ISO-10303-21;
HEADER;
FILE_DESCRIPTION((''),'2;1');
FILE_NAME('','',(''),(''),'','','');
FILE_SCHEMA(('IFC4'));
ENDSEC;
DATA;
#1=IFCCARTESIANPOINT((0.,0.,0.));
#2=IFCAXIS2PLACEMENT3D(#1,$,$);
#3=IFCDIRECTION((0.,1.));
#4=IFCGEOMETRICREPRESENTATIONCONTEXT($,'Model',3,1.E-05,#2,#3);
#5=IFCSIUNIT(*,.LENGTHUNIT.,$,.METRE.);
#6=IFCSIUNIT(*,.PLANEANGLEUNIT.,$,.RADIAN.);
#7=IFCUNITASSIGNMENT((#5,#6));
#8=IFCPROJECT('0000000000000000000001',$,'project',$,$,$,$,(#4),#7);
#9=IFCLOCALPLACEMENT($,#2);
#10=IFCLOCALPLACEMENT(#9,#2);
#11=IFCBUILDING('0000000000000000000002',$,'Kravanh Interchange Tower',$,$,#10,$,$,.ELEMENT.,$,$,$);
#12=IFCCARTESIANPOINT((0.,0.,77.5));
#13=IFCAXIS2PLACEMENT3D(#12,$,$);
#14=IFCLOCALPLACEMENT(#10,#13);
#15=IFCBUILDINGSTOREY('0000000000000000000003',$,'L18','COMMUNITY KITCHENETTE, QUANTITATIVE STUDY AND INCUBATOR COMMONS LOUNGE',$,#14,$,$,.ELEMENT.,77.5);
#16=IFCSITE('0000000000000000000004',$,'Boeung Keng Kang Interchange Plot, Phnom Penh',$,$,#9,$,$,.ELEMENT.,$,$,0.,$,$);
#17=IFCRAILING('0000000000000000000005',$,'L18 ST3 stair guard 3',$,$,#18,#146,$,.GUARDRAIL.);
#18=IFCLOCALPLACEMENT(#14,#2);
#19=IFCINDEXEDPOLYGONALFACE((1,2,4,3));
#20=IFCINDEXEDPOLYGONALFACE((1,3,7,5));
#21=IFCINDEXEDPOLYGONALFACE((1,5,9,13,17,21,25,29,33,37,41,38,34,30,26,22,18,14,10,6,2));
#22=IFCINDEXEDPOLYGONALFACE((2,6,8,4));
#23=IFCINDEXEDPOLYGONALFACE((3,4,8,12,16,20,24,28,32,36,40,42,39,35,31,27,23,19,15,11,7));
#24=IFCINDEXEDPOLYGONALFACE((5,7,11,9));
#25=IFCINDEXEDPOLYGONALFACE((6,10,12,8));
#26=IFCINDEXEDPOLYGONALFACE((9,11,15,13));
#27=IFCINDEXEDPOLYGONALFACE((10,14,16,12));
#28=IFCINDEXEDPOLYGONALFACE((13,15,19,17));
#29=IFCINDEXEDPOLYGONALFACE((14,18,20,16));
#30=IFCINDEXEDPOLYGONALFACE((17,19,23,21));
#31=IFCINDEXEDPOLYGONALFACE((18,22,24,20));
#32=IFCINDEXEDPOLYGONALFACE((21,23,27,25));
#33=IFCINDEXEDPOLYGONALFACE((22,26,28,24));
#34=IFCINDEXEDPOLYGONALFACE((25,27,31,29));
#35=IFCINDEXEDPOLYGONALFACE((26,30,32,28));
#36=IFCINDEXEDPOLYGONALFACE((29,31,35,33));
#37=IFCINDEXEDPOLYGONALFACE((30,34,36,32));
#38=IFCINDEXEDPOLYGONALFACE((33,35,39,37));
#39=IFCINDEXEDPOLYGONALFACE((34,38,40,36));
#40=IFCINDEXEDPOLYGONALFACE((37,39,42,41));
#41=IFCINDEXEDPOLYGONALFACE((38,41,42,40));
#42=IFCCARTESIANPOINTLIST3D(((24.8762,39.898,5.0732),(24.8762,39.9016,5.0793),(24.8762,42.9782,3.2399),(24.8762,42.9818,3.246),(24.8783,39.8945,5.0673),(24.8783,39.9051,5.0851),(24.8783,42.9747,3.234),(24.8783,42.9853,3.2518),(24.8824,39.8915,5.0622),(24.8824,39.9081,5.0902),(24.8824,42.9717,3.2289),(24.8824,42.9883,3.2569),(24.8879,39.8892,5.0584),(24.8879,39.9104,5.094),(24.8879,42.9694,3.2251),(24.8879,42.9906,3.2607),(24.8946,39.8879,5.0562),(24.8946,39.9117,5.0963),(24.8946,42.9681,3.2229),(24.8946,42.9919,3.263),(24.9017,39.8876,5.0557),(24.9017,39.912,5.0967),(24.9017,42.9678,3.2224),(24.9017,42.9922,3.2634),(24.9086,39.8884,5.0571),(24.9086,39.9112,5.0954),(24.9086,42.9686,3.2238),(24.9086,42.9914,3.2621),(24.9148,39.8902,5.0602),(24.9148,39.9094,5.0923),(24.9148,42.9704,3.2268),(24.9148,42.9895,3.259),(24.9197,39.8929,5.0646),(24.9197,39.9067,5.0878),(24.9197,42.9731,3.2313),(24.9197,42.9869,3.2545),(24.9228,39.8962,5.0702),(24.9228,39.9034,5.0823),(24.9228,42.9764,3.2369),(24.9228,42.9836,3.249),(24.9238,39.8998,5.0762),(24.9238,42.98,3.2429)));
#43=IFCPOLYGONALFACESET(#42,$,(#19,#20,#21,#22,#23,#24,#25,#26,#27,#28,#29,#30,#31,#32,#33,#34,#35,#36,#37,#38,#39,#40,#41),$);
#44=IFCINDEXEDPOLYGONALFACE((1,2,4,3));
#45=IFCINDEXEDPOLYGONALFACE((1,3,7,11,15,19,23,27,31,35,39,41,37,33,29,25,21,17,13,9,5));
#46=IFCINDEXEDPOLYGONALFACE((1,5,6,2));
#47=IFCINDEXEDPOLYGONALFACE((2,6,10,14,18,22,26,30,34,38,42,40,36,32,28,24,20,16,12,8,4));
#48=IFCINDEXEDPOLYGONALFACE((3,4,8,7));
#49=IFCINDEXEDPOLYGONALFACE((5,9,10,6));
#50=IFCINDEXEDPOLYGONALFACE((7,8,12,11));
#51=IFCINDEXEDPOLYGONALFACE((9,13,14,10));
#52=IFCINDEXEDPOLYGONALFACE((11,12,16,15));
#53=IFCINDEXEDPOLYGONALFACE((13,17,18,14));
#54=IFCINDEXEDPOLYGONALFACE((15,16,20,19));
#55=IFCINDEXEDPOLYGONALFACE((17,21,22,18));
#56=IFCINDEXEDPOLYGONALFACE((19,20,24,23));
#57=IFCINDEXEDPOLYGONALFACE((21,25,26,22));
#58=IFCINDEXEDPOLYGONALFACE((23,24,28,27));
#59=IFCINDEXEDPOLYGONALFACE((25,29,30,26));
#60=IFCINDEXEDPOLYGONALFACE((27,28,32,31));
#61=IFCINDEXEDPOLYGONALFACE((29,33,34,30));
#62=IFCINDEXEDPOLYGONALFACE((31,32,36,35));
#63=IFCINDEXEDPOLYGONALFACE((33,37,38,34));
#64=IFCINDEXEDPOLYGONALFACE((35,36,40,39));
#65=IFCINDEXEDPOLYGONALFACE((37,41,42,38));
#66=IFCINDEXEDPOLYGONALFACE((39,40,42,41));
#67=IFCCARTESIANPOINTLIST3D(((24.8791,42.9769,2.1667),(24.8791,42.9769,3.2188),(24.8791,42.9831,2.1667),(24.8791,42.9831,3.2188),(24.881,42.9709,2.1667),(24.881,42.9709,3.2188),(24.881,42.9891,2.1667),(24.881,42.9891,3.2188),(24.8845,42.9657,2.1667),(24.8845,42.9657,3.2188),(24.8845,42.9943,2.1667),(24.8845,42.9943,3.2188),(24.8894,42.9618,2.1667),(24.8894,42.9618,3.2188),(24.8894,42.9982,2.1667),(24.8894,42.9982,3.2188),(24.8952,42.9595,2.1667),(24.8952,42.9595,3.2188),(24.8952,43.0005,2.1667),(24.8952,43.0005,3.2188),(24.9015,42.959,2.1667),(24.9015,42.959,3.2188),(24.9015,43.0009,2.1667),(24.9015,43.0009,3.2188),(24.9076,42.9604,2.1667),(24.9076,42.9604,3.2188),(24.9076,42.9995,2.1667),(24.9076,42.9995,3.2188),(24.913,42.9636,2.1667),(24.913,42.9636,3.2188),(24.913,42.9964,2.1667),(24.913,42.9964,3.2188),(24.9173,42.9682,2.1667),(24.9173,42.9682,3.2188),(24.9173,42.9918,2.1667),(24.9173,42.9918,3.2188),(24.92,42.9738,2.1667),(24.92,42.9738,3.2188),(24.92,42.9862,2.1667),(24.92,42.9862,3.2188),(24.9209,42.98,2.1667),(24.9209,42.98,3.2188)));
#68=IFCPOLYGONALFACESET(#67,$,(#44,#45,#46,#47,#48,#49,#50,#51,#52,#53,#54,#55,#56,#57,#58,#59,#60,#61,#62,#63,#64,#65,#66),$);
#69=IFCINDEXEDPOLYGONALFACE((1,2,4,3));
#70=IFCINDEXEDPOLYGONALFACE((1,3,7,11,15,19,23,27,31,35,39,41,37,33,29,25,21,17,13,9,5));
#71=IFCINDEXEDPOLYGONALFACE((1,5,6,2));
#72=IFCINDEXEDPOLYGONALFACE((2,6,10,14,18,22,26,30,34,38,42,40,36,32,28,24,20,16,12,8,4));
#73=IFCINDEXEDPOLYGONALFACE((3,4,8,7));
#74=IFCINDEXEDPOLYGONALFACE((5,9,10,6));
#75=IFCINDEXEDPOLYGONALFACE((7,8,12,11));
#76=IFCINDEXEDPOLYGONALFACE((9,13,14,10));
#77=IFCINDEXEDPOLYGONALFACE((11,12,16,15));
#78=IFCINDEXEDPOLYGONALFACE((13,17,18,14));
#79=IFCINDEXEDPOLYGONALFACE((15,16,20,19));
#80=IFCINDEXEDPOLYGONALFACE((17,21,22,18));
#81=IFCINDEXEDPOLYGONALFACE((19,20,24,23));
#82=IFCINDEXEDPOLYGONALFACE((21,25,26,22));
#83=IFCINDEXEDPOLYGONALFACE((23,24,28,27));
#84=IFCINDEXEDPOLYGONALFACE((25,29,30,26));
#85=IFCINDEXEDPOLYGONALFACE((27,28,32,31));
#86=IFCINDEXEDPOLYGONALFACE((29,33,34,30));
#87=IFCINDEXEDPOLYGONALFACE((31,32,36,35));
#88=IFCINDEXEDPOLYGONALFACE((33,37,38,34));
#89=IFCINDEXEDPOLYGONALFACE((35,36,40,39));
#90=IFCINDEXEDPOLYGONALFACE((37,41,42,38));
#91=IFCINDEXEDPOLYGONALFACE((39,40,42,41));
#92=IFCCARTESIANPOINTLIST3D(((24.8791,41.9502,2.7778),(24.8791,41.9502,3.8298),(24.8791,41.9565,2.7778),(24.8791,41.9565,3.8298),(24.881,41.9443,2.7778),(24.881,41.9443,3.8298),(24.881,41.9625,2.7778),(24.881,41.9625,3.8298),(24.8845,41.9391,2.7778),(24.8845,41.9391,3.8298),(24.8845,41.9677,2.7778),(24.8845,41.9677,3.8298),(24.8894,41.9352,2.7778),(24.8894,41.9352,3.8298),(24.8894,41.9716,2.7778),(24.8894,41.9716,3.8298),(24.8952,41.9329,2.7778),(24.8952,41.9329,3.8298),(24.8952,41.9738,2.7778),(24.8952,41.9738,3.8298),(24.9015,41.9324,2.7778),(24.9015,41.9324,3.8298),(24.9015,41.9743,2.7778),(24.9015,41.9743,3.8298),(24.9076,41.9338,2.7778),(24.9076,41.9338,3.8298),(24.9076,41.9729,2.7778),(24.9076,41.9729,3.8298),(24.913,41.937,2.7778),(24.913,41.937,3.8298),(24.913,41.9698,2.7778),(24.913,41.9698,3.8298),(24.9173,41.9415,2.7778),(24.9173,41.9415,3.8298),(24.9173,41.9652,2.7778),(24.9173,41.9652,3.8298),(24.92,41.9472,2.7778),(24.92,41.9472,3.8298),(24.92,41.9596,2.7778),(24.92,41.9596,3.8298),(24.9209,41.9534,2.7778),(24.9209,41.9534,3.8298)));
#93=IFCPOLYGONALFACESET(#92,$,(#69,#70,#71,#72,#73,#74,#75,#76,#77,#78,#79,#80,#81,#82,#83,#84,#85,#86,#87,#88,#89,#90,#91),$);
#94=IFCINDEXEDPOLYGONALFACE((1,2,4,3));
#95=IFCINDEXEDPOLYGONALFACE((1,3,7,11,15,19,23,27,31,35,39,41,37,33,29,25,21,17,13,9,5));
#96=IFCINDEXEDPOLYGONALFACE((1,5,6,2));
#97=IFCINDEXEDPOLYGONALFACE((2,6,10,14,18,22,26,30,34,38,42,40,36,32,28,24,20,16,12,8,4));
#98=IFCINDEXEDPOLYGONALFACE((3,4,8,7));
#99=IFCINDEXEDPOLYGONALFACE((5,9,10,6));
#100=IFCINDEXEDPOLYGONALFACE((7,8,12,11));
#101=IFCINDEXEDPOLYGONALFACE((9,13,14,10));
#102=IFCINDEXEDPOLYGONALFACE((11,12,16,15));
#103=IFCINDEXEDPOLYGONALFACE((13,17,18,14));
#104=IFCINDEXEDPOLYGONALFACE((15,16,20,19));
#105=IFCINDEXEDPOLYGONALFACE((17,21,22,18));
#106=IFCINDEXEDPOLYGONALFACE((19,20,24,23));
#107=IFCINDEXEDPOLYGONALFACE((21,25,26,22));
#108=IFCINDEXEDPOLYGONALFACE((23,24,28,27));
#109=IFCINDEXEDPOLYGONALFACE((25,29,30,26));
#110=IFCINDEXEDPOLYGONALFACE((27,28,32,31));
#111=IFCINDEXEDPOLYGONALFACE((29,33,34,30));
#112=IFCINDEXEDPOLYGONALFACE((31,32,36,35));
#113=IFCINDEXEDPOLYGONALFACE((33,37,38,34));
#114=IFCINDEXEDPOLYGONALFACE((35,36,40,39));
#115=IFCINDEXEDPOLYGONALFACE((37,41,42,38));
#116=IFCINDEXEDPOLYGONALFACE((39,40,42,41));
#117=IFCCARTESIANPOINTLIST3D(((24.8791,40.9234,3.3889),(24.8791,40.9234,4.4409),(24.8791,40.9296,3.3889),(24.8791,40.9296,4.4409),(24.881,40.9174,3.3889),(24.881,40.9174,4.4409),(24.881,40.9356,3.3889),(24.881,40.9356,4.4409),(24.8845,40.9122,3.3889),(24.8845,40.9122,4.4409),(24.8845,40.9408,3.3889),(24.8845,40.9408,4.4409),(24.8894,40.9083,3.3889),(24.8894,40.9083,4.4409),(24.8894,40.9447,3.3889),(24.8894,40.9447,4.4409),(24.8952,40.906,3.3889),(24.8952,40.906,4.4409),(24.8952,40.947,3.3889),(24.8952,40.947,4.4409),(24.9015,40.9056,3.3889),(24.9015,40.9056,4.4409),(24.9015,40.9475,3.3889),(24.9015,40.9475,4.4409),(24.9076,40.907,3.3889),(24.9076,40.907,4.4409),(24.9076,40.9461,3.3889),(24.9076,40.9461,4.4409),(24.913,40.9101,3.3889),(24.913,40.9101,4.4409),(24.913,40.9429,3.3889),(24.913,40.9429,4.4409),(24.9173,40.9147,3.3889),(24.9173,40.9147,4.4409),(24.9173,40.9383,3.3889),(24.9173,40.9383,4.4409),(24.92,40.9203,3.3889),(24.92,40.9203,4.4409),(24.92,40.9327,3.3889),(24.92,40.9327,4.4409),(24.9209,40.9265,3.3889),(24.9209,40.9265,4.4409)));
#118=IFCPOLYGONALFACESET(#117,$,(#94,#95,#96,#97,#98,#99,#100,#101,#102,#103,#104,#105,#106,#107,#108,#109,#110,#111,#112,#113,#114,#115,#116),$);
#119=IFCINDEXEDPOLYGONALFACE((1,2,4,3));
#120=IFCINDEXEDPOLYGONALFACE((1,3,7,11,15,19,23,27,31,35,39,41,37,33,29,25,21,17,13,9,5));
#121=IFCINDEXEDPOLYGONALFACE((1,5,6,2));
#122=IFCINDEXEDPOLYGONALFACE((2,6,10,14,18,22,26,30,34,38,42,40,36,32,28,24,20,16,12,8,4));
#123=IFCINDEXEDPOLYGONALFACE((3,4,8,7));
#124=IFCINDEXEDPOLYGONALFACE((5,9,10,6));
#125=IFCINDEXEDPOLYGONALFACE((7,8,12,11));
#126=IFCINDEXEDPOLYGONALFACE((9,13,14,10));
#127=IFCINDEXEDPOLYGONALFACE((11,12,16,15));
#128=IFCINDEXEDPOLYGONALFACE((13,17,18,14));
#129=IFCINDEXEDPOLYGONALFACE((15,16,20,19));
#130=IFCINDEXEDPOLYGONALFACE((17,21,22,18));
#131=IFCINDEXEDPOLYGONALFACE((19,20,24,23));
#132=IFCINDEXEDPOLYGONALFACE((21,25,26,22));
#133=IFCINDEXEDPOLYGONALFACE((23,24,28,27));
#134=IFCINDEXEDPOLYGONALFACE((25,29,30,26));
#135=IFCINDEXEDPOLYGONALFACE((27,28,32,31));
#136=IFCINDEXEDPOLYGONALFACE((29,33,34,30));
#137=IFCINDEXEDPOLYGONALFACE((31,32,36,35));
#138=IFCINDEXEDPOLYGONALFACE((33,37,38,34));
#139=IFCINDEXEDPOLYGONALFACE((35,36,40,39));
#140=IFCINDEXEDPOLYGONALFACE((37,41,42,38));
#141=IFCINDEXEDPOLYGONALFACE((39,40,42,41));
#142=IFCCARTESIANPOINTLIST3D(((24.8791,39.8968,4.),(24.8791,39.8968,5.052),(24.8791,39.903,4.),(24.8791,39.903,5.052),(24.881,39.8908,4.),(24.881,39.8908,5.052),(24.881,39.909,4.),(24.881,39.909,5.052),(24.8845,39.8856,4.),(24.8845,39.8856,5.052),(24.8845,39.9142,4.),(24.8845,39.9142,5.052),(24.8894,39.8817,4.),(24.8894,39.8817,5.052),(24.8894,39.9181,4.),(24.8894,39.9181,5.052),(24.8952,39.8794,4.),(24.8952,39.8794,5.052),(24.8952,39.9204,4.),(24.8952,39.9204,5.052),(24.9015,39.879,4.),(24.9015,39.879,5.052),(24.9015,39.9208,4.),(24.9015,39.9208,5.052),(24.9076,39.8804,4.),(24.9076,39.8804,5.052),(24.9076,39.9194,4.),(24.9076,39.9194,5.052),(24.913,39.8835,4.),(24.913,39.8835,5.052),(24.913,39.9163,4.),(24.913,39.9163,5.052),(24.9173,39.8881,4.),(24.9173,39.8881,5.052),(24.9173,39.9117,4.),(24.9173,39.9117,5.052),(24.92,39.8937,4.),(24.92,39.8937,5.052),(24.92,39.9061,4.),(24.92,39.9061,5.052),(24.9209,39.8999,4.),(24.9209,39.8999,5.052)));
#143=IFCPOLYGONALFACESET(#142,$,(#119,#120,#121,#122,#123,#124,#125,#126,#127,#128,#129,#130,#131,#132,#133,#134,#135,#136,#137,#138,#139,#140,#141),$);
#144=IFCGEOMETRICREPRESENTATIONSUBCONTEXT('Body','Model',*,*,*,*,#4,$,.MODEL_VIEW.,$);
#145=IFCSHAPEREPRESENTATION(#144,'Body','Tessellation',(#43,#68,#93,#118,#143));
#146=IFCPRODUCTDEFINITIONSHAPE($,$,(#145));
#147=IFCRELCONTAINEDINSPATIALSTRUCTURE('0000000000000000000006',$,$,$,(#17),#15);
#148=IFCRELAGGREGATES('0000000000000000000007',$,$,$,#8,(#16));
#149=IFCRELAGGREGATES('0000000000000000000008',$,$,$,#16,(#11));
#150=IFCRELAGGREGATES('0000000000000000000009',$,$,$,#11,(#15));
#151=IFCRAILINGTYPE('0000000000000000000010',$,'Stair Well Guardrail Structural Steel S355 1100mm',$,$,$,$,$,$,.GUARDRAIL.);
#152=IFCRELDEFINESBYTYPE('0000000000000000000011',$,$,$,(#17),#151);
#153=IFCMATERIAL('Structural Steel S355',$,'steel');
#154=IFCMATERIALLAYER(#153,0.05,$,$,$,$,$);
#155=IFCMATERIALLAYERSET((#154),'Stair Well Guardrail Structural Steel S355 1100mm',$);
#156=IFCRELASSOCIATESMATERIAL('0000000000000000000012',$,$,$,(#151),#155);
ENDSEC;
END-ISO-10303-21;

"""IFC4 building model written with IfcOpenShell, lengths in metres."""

from ifc_helpers import new_model, si_unit, direction, frame, origin, origin_2d, place, context, subcontext, project, spatial, circle, extrude, material, layer, layer_set, type_object, element, save


model = new_model("IFC4")

# Units and contexts
model_context = context("Model", 3, precision=1e-05, world=origin(), true_north=direction((0.0, 1.0)))
body_context = subcontext(model_context, "Body", "Model", "MODEL_VIEW")
ifc_project = project(units=[si_unit("LENGTHUNIT", "METRE"), si_unit("PLANEANGLEUNIT", "RADIAN")], contexts=[model_context])

# Site, building, storey
site_placement = place(None, origin())
site = spatial("IfcSite", under=ifc_project, at=site_placement, Name="Boeung Keng Kang Interchange Plot, Phnom Penh", CompositionType="ELEMENT", RefElevation=0.0)
building_placement = place(site_placement, origin())
building = spatial("IfcBuilding", under=site, at=building_placement, Name="Kravanh Interchange Tower", CompositionType="ELEMENT")
storey_placement = place(building_placement, frame((0.0, 0.0, 77.5)))
storey = spatial("IfcBuildingStorey", under=building, at=storey_placement, Name="L18", Description="COMMUNITY KITCHENETTE, QUANTITATIVE STUDY AND INCUBATOR COMMONS LOUNGE", CompositionType="ELEMENT", Elevation=77.5)

# Railing
ifc_material_1 = material(Name="Structural Steel S355", Category="steel")
ifc_layer_1 = layer(ifc_material_1, 0.05)
ifc_layer_set_1 = layer_set([ifc_layer_1], Name="Stair Well Guardrail Structural Steel S355 1100mm")
railing_type_1 = type_object("IfcRailingType", Name="Stair Well Guardrail Structural Steel S355 1100mm", PredefinedType="GUARDRAIL", material=ifc_layer_set_1)
railing_1_placement = place(storey_placement, frame((24.8999, 42.98, 2.1667)))
element("IfcRailing", 1, at=railing_1_placement, inside=storey, type_object=railing_type_1, Name="L18 ST3 stair guard 3", PredefinedType="GUARDRAIL", context=body_context, shape_type="SweptSolid", body=[
    extrude(circle(Radius=0.0239, at=origin_2d()), frame((0.0, 0.0, 1.0762), z_axis=(0.0, -0.859309, 0.511458), x_axis=(1.0, 0.0, 0.0)), (0.0, 0.0, 1.0), 3.5845),
    extrude(circle(Radius=0.021, at=origin_2d()), origin(), (0.0, 0.0, 1.0), 1.052),
    extrude(circle(Radius=0.021, at=origin_2d()), frame((0.0, -1.0266, 0.6111)), (0.0, 0.0, 1.0), 1.052),
    extrude(circle(Radius=0.021, at=origin_2d()), frame((0.0, -2.0535, 1.2222)), (0.0, 0.0, 1.0), 1.052),
    extrude(circle(Radius=0.021, at=origin_2d()), frame((0.0, -3.0801, 1.8333)), (0.0, 0.0, 1.0), 1.052),
])

save(model, "model.ifc")
